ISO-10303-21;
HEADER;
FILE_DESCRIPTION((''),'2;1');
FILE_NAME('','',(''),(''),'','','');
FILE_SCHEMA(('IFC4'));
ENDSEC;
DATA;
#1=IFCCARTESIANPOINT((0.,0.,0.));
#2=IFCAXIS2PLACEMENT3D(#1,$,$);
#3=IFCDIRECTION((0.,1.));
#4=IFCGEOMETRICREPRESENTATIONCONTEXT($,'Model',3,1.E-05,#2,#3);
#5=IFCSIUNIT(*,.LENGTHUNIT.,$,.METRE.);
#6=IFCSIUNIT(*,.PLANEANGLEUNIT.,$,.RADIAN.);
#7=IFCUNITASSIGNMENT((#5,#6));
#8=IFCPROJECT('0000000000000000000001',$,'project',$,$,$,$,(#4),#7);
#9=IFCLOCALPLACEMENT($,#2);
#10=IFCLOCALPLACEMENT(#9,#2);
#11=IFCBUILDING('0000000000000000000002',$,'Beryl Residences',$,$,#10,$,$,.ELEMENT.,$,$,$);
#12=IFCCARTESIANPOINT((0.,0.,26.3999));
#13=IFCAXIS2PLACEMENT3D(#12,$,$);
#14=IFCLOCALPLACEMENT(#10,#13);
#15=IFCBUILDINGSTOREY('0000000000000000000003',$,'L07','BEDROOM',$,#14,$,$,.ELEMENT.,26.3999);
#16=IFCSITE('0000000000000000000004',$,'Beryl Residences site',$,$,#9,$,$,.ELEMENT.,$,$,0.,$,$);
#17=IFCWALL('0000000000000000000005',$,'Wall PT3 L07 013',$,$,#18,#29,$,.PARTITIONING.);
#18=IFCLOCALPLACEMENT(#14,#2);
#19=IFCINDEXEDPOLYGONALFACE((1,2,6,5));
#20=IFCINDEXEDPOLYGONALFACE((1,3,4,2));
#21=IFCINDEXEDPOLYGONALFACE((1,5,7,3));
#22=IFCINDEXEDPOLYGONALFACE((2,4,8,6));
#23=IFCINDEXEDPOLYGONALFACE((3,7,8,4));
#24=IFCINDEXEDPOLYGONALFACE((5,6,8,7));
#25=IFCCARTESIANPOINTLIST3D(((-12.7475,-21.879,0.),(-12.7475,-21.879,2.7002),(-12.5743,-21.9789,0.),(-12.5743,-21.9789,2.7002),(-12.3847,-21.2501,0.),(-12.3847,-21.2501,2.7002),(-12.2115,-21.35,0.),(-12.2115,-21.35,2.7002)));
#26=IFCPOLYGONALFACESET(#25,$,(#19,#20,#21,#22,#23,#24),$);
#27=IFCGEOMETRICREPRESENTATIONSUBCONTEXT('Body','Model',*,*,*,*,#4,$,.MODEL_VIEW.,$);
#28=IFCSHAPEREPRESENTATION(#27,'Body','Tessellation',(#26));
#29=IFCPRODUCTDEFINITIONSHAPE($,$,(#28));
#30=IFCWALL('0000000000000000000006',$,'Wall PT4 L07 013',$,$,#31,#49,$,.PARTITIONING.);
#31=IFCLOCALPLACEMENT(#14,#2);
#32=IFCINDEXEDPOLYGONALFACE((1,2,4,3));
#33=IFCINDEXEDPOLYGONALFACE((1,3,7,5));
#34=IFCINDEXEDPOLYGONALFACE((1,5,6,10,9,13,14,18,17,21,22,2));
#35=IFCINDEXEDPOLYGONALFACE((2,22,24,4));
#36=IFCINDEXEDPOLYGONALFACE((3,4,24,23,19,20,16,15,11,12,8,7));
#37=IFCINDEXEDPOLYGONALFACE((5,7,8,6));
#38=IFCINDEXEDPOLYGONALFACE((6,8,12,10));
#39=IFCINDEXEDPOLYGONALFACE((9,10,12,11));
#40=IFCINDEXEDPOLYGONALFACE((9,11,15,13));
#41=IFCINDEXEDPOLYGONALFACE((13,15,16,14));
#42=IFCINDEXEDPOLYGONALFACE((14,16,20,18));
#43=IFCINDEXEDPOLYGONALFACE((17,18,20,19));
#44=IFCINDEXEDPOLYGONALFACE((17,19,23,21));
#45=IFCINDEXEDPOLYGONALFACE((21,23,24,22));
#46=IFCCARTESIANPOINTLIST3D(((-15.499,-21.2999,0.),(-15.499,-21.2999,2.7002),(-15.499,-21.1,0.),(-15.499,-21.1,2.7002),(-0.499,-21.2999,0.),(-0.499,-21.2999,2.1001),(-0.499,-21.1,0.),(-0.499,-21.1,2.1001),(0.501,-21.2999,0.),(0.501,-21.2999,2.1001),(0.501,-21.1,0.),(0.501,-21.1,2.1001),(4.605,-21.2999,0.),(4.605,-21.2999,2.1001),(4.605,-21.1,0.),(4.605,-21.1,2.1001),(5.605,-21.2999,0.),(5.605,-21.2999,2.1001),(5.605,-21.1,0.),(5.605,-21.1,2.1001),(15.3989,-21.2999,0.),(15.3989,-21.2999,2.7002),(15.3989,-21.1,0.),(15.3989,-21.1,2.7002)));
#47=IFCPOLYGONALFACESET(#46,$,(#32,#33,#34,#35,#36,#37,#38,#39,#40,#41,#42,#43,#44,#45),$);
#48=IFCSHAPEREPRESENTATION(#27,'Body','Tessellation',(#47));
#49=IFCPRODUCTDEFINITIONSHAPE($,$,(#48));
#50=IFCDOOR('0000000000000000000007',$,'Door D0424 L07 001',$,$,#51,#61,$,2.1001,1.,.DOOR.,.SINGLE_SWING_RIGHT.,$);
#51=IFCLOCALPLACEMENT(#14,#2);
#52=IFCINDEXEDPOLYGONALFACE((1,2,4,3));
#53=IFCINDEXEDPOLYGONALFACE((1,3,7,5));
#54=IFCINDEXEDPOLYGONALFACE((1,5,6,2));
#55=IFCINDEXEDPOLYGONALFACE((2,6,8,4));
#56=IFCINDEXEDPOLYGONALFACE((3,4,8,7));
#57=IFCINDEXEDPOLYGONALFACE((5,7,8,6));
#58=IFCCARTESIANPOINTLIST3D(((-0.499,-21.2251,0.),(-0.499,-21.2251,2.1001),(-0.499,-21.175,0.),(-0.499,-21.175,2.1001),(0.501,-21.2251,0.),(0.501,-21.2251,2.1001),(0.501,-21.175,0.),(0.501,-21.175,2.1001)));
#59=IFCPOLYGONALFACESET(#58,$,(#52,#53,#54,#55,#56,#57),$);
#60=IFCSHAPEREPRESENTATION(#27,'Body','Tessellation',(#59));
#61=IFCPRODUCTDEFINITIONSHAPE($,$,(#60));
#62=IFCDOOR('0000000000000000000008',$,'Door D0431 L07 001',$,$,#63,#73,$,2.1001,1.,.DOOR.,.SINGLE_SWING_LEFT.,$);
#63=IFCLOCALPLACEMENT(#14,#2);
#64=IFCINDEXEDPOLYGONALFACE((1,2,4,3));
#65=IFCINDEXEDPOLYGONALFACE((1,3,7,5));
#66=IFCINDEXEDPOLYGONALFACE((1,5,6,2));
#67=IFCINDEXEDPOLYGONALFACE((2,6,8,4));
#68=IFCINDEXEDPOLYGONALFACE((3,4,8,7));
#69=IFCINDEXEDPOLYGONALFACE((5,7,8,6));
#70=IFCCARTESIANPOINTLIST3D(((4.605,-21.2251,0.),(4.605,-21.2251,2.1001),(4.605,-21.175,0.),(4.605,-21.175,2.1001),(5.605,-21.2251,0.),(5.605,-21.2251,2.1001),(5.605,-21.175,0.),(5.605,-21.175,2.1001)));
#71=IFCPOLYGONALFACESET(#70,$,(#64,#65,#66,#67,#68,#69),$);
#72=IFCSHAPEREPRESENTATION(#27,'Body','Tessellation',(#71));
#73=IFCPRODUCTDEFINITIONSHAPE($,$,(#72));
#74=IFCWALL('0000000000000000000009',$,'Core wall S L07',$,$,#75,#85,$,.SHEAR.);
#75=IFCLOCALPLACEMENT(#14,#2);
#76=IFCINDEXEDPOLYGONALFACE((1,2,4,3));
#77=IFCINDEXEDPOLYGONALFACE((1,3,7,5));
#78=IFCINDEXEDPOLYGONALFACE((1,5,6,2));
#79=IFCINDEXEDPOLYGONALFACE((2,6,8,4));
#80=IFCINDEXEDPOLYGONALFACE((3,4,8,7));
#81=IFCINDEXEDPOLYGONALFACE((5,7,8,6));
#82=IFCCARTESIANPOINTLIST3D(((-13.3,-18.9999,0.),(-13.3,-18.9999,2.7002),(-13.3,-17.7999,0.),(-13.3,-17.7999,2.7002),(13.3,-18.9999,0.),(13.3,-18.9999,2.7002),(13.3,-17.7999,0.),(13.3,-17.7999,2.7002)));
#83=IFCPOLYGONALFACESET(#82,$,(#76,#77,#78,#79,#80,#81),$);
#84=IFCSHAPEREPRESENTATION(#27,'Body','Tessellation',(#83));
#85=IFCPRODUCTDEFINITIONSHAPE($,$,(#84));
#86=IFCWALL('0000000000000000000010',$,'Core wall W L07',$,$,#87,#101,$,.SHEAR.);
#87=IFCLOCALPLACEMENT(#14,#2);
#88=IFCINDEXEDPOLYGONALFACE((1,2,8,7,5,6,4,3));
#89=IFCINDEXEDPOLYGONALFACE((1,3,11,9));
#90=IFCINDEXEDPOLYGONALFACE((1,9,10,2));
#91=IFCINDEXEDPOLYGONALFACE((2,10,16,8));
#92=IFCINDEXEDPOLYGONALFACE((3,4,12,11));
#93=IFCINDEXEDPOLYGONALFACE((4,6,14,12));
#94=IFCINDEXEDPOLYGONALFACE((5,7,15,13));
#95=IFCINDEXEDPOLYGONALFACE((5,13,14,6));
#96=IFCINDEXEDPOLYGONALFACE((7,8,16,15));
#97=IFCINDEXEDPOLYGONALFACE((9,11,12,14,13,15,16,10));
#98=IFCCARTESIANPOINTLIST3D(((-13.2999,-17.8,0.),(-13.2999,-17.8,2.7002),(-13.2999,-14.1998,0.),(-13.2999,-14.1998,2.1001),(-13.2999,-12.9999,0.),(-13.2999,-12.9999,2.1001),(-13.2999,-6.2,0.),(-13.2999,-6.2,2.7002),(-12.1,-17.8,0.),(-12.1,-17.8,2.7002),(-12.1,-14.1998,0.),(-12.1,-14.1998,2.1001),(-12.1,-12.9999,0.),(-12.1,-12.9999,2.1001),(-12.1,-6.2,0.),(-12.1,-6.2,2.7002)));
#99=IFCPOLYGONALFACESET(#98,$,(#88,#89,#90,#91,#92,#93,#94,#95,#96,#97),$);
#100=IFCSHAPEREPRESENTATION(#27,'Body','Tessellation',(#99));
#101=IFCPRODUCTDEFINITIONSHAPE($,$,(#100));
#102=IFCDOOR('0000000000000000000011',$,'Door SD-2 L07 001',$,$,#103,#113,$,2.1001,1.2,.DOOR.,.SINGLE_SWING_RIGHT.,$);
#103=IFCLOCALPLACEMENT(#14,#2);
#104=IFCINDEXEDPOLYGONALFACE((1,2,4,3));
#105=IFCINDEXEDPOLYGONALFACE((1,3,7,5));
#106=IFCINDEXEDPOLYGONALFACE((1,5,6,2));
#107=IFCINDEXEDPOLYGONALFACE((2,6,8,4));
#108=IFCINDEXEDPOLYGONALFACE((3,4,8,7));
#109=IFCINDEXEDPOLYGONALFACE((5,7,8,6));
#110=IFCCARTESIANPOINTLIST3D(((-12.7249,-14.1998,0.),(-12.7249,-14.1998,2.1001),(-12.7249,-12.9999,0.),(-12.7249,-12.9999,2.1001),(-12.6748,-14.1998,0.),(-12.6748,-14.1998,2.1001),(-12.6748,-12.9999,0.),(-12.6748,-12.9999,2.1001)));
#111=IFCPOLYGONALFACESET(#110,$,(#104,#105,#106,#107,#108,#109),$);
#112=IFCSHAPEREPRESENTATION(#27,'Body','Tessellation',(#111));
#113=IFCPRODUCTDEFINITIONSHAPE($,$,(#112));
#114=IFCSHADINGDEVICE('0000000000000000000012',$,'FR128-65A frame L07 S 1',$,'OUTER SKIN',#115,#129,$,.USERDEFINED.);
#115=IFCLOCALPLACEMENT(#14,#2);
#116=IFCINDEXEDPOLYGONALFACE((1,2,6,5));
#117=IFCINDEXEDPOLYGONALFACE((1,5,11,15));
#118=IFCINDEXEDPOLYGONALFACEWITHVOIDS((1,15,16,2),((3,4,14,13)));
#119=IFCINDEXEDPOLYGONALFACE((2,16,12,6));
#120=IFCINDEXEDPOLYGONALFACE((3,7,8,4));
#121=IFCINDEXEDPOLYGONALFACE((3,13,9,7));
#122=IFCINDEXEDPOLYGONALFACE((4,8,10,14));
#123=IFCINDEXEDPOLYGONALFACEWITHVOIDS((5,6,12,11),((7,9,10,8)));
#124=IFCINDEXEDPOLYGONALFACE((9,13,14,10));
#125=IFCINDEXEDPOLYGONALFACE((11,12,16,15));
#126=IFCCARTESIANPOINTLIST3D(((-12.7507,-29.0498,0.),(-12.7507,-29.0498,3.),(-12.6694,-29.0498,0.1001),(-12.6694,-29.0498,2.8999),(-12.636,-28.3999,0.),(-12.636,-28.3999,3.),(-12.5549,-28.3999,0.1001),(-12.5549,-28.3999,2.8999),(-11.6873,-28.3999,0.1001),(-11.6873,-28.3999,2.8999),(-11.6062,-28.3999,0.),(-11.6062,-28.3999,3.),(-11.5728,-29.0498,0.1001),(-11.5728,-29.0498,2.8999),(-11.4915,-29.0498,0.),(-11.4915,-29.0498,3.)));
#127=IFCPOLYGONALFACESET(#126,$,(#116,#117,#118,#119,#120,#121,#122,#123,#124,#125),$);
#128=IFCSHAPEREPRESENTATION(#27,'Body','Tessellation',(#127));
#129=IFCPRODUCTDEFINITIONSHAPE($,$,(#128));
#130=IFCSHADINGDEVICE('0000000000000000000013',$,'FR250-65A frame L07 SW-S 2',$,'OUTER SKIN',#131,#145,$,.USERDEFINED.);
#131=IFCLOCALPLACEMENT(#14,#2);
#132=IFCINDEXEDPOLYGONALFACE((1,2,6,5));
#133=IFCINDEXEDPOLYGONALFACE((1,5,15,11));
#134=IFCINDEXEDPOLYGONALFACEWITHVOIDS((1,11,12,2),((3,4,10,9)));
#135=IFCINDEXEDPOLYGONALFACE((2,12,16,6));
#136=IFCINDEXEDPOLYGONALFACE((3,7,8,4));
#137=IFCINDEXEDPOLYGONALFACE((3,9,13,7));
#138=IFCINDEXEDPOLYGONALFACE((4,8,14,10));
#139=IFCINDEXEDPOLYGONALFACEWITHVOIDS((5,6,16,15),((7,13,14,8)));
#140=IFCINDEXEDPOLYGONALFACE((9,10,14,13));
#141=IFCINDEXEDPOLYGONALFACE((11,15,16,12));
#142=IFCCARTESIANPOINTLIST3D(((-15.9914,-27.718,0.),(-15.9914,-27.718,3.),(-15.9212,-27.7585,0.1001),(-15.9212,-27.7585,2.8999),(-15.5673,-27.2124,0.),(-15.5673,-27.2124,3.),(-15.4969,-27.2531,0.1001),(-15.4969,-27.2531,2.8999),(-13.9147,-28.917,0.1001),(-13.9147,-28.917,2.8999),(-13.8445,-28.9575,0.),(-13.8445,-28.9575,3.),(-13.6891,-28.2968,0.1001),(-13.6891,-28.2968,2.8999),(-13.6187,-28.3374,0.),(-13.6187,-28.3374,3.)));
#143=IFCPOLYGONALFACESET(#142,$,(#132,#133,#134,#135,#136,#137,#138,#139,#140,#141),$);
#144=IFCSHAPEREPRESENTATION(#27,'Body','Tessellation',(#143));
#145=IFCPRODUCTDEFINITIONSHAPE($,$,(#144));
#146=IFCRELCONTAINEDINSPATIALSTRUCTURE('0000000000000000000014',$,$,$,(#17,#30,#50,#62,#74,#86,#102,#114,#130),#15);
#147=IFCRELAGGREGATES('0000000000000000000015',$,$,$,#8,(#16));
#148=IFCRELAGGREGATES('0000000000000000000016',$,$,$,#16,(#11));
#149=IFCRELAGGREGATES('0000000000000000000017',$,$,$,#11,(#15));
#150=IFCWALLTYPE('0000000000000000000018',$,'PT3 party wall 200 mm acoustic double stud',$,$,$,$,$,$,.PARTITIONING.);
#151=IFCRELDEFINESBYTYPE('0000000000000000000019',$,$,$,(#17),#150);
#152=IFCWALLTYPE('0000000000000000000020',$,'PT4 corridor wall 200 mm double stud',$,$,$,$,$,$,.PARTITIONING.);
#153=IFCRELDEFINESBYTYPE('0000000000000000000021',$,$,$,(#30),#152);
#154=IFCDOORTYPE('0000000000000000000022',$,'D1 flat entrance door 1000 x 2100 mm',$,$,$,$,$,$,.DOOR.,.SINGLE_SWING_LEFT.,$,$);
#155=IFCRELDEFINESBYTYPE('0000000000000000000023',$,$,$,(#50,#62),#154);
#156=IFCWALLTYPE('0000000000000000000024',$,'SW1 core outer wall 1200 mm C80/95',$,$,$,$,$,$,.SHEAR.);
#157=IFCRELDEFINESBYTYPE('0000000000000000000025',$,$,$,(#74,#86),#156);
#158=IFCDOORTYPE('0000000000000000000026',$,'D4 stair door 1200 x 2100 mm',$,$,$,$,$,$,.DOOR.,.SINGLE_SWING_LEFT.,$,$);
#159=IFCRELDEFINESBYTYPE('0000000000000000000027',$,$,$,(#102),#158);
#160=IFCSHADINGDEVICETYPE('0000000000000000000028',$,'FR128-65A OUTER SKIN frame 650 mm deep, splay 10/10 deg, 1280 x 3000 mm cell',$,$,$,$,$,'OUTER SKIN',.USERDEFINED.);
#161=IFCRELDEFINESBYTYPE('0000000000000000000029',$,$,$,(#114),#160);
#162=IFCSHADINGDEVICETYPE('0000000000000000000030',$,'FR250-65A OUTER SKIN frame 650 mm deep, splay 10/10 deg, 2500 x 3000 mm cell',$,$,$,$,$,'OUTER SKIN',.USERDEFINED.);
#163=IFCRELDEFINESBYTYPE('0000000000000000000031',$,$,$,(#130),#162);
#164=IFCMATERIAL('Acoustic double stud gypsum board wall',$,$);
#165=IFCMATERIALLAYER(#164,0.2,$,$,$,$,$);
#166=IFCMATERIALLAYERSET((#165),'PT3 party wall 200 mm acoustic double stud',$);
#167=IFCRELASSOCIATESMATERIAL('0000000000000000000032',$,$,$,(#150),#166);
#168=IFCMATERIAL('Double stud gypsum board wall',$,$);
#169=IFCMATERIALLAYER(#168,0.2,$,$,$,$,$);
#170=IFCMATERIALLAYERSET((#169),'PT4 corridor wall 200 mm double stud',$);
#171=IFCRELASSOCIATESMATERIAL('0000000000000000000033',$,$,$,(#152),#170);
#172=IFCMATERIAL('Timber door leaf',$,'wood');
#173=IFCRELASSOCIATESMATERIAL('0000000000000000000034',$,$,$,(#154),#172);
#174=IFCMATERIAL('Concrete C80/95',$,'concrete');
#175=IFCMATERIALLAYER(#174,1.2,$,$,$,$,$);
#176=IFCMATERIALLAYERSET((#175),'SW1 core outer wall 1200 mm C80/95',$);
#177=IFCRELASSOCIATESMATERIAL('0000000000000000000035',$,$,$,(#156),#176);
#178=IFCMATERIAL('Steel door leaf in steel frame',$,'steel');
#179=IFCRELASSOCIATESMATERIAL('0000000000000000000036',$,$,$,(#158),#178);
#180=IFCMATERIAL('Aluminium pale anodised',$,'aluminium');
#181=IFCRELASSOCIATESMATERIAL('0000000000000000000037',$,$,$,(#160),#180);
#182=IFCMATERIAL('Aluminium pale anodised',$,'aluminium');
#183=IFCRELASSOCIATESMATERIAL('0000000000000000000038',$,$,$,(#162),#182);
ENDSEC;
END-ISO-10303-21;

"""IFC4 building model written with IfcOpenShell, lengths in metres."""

from ifc_helpers import new_model, entity, si_unit, direction, frame, frame_2d, origin, place, context, subcontext, project, spatial, rectangle, extrude, source, transform, mapped, material, layer, layer_set, type_object, type_shapes, element, fill, save


model = new_model("IFC4")

# Units and contexts
model_context = context("Model", 3, precision=1e-05, world=origin(), true_north=direction((0.0, 1.0)))
body_context = subcontext(model_context, "Body", "Model", "MODEL_VIEW")
ifc_project = project(units=[si_unit("LENGTHUNIT", "METRE"), si_unit("PLANEANGLEUNIT", "RADIAN")], contexts=[model_context])

# Site, building, storey
site_placement = place(None, origin())
site = spatial("IfcSite", under=ifc_project, at=site_placement, Name="Beryl Residences site", CompositionType="ELEMENT", RefElevation=0.0)
building_placement = place(site_placement, origin())
building = spatial("IfcBuilding", under=site, at=building_placement, Name="Beryl Residences", CompositionType="ELEMENT")
storey_placement = place(building_placement, frame((0.0, 0.0, 26.3999)))
storey = spatial("IfcBuildingStorey", under=building, at=storey_placement, Name="L07", Description="BEDROOM", CompositionType="ELEMENT", Elevation=26.3999)

# Wall
ifc_material_1 = material(Name="Acoustic double stud gypsum board wall")
ifc_layer_1 = layer(ifc_material_1, 0.2)
ifc_layer_set_1 = layer_set([ifc_layer_1], Name="PT3 party wall 200 mm acoustic double stud")
wall_type_1 = type_object("IfcWallType", Name="PT3 party wall 200 mm acoustic double stud", PredefinedType="PARTITIONING", material=ifc_layer_set_1)
wall_1_placement = place(storey_placement, frame((-12.6609, -21.929, 0.0), z_axis=(0.0, 0.0, 1.0), x_axis=(0.499684, 0.866208, 0.0)))
element("IfcWall", 1, at=wall_1_placement, inside=storey, type_object=wall_type_1, Name="Wall PT3 L07 013", PredefinedType="PARTITIONING", context=body_context, shape_type="SweptSolid", body=[
    extrude(rectangle(XDim=0.7261, YDim=0.2, at=frame_2d((0.363, 0.0))), origin(), (0.0, 0.0, 1.0), 2.7002),
])

# Wall, openings, doors
ifc_material_2 = material(Name="Double stud gypsum board wall")
ifc_layer_2 = layer(ifc_material_2, 0.2)
ifc_layer_set_2 = layer_set([ifc_layer_2], Name="PT4 corridor wall 200 mm double stud")
wall_type_2 = type_object("IfcWallType", Name="PT4 corridor wall 200 mm double stud", PredefinedType="PARTITIONING", material=ifc_layer_set_2)
wall_2_placement = place(storey_placement, frame((-15.499, -21.2, 0.0), z_axis=(0.0, 0.0, 1.0), x_axis=(1.0, 0.0, 0.0)))
wall_2 = element("IfcWall", 2, at=wall_2_placement, inside=storey, type_object=wall_type_2, Name="Wall PT4 L07 013", PredefinedType="PARTITIONING", context=body_context, shape_type="SweptSolid", body=[
    extrude(rectangle(XDim=30.8979, YDim=0.2, at=frame_2d((15.449, 0.0))), origin(), (0.0, 0.0, 1.0), 2.7002),
])
opening_1_placement = place(wall_2_placement, frame((15.0, 0.0, 0.0)))
opening_1 = element("IfcOpeningElement", 3, at=opening_1_placement, cuts=wall_2, PredefinedType="OPENING", context=body_context, shape_type="SweptSolid", body=[
    extrude(rectangle(XDim=1.0, YDim=2.1001, at=frame_2d((0.5, 1.05))), frame((0.0, 0.1099, 0.0), z_axis=(0.0, -1.0, 0.0), x_axis=(1.0, 0.0, 0.0)), (0.0, 0.0, 1.0), 0.22),
])
opening_2_placement = place(wall_2_placement, frame((20.104, 0.0, 0.0)))
opening_2 = element("IfcOpeningElement", 4, at=opening_2_placement, cuts=wall_2, PredefinedType="OPENING", context=body_context, shape_type="SweptSolid", body=[
    extrude(rectangle(XDim=1.0, YDim=2.1001, at=frame_2d((0.5, 1.05))), frame((0.0, 0.1099, 0.0), z_axis=(0.0, -1.0, 0.0), x_axis=(1.0, 0.0, 0.0)), (0.0, 0.0, 1.0), 0.22),
])
ifc_material_3 = material(Name="Timber door leaf", Category="wood")
door_type_1 = type_object("IfcDoorType", Name="D1 flat entrance door 1000 x 2100 mm", OperationType="SINGLE_SWING_LEFT", PredefinedType="DOOR", material=ifc_material_3)
door_1_placement = place(opening_1_placement, origin())
door_1 = element("IfcDoor", 5, at=door_1_placement, inside=storey, type_object=door_type_1, Name="Door D0424 L07 001", OperationType="SINGLE_SWING_RIGHT", OverallHeight=2.1001, OverallWidth=1.0, PredefinedType="DOOR", context=body_context, shape_type="SweptSolid", body=[
    extrude(rectangle(XDim=1.0, YDim=2.1001, at=frame_2d((0.5, 1.05))), frame((0.0, 0.0249, 0.0), z_axis=(0.0, -1.0, 0.0), x_axis=(1.0, 0.0, 0.0)), (0.0, 0.0, 1.0), 0.05),
])
fill(opening_1, door_1)
door_2_placement = place(opening_2_placement, origin())
door_2 = element("IfcDoor", 6, at=door_2_placement, inside=storey, type_object=door_type_1, Name="Door D0431 L07 001", OperationType="SINGLE_SWING_LEFT", OverallHeight=2.1001, OverallWidth=1.0, PredefinedType="DOOR", context=body_context, shape_type="SweptSolid", body=[
    extrude(rectangle(XDim=1.0, YDim=2.1001, at=frame_2d((0.5, 1.05))), frame((0.0, 0.0249, 0.0), z_axis=(0.0, -1.0, 0.0), x_axis=(1.0, 0.0, 0.0)), (0.0, 0.0, 1.0), 0.05),
])
fill(opening_2, door_2)

# Wall
ifc_material_4 = material(Name="Concrete C80/95", Category="concrete")
ifc_layer_3 = layer(ifc_material_4, 1.2)
ifc_layer_set_3 = layer_set([ifc_layer_3], Name="SW1 core outer wall 1200 mm C80/95")
wall_type_3 = type_object("IfcWallType", Name="SW1 core outer wall 1200 mm C80/95", PredefinedType="SHEAR", material=ifc_layer_set_3)
wall_3_placement = place(storey_placement, frame((-13.3, -18.3999, 0.0), z_axis=(0.0, 0.0, 1.0), x_axis=(1.0, 0.0, 0.0)))
element("IfcWall", 7, at=wall_3_placement, inside=storey, type_object=wall_type_3, Name="Core wall S L07", PredefinedType="SHEAR", context=body_context, shape_type="SweptSolid", body=[
    extrude(rectangle(XDim=26.6001, YDim=1.2, at=frame_2d((13.3, 0.0))), origin(), (0.0, 0.0, 1.0), 2.7002),
])

# Wall, opening, door
wall_4_placement = place(storey_placement, frame((-12.7, -17.8, 0.0), z_axis=(0.0, 0.0, 1.0), x_axis=(0.0, 1.0, 0.0)))
wall_4 = element("IfcWall", 8, at=wall_4_placement, inside=storey, type_object=wall_type_3, Name="Core wall W L07", PredefinedType="SHEAR", context=body_context, shape_type="SweptSolid", body=[
    extrude(rectangle(XDim=11.6001, YDim=1.2, at=frame_2d((5.8, 0.0))), origin(), (0.0, 0.0, 1.0), 2.7002),
])
opening_3_placement = place(wall_4_placement, frame((3.6001, 0.0, 0.0)))
opening_3 = element("IfcOpeningElement", 9, at=opening_3_placement, cuts=wall_4, PredefinedType="OPENING", context=body_context, shape_type="SweptSolid", body=[
    extrude(rectangle(XDim=1.2, YDim=2.1001, at=frame_2d((0.6001, 1.05))), frame((0.0, 0.6099, 0.0), z_axis=(0.0, -1.0, 0.0), x_axis=(1.0, 0.0, 0.0)), (0.0, 0.0, 1.0), 1.22),
])
ifc_material_5 = material(Name="Steel door leaf in steel frame", Category="steel")
door_type_2 = type_object("IfcDoorType", Name="D4 stair door 1200 x 2100 mm", OperationType="SINGLE_SWING_LEFT", PredefinedType="DOOR", material=ifc_material_5)
door_3_placement = place(opening_3_placement, origin())
door_3 = element("IfcDoor", 10, at=door_3_placement, inside=storey, type_object=door_type_2, Name="Door SD-2 L07 001", OperationType="SINGLE_SWING_RIGHT", OverallHeight=2.1001, OverallWidth=1.2, PredefinedType="DOOR", context=body_context, shape_type="SweptSolid", body=[
    extrude(rectangle(XDim=1.2, YDim=2.1001, at=frame_2d((0.6001, 1.05))), frame((0.0, 0.0249, 0.0), z_axis=(0.0, -1.0, 0.0), x_axis=(1.0, 0.0, 0.0)), (0.0, 0.0, 1.0), 0.05),
])
fill(opening_3, door_3)

# Shading devices
ifc_material_6 = material(Name="Aluminium pale anodised", Category="aluminium")
shading_device_type_1 = type_object("IfcShadingDeviceType", Name="FR128-65A OUTER SKIN frame 650 mm deep, splay 10/10 deg, 1280 x 3000 mm cell", ElementType="OUTER SKIN", PredefinedType="USERDEFINED", material=ifc_material_6)
cartesian_point_1 = entity("IfcCartesianPoint", [-0.5149, 0.0])
cartesian_point_2 = entity("IfcCartesianPoint", [-0.4338, 0.1001])
cartesian_point_3 = entity("IfcCartesianPoint", [-0.6296, 0.0])
cartesian_point_4 = entity("IfcCartesianPoint", [-0.5483, 0.1001])
shared_shape_1 = source(origin(), body_context, "Body", "SweptSolid", [
    entity("IfcExtrudedAreaSolidTapered", entity("IfcArbitraryProfileDefWithVoids", "AREA", None, entity("IfcPolyline", [cartesian_point_1, entity("IfcCartesianPoint", [0.5149, 0.0]), entity("IfcCartesianPoint", [0.5149, 3.0]), entity("IfcCartesianPoint", [-0.5149, 3.0]), cartesian_point_1]), [entity("IfcPolyline", [cartesian_point_2, entity("IfcCartesianPoint", [0.4338, 0.1001]), entity("IfcCartesianPoint", [0.4338, 2.8999]), entity("IfcCartesianPoint", [-0.4338, 2.8999]), cartesian_point_2])]), entity("IfcAxis2Placement3D", entity("IfcCartesianPoint", [0.0, 0.0, 0.0]), entity("IfcDirection", [0.0, 1.0, 0.0]), entity("IfcDirection", [-1.0, 0.0, 0.0])), entity("IfcDirection", [0.0, 0.0, 1.0]), 0.6499, entity("IfcArbitraryProfileDefWithVoids", "AREA", None, entity("IfcPolyline", [cartesian_point_3, entity("IfcCartesianPoint", [0.6296, 0.0]), entity("IfcCartesianPoint", [0.6296, 3.0]), entity("IfcCartesianPoint", [-0.6296, 3.0]), cartesian_point_3]), [entity("IfcPolyline", [cartesian_point_4, entity("IfcCartesianPoint", [0.5483, 0.1001]), entity("IfcCartesianPoint", [0.5483, 2.8999]), entity("IfcCartesianPoint", [-0.5483, 2.8999]), cartesian_point_4])])),
])
type_shapes(shading_device_type_1, [shared_shape_1])
shading_device_1_placement = place(storey_placement, frame((-12.1211, -28.3999, 0.0), z_axis=(0.0, 0.0, 1.0), x_axis=(-1.0, 0.0, 0.0)))
element("IfcShadingDevice", 11, at=shading_device_1_placement, inside=storey, type_object=shading_device_type_1, Name="FR128-65A frame L07 S 1", ObjectType="OUTER SKIN", PredefinedType="USERDEFINED", context=body_context, shape_type="MappedRepresentation", body=[
    mapped(shared_shape_1, transform((0.0, 0.0, 0.0))),
])
ifc_material_7 = material(Name="Aluminium pale anodised", Category="aluminium")
shading_device_type_2 = type_object("IfcShadingDeviceType", Name="FR250-65A OUTER SKIN frame 650 mm deep, splay 10/10 deg, 2500 x 3000 mm cell", ElementType="OUTER SKIN", PredefinedType="USERDEFINED", material=ifc_material_7)
cartesian_point_5 = entity("IfcCartesianPoint", [-1.125, 0.0])
cartesian_point_6 = entity("IfcCartesianPoint", [-1.0437, 0.1001])
cartesian_point_7 = entity("IfcCartesianPoint", [-1.2395, 0.0])
cartesian_point_8 = entity("IfcCartesianPoint", [-1.1584, 0.1001])
shared_shape_2 = source(origin(), body_context, "Body", "SweptSolid", [
    entity("IfcExtrudedAreaSolidTapered", entity("IfcArbitraryProfileDefWithVoids", "AREA", None, entity("IfcPolyline", [cartesian_point_5, entity("IfcCartesianPoint", [1.125, 0.0]), entity("IfcCartesianPoint", [1.125, 3.0]), entity("IfcCartesianPoint", [-1.125, 3.0]), cartesian_point_5]), [entity("IfcPolyline", [cartesian_point_6, entity("IfcCartesianPoint", [1.0437, 0.1001]), entity("IfcCartesianPoint", [1.0437, 2.8999]), entity("IfcCartesianPoint", [-1.0437, 2.8999]), cartesian_point_6])]), entity("IfcAxis2Placement3D", entity("IfcCartesianPoint", [0.0, 0.0, 0.0]), entity("IfcDirection", [0.0, 1.0, 0.0]), entity("IfcDirection", [-1.0, 0.0, 0.0])), entity("IfcDirection", [0.0, 0.0, 1.0]), 0.6499, entity("IfcArbitraryProfileDefWithVoids", "AREA", None, entity("IfcPolyline", [cartesian_point_7, entity("IfcCartesianPoint", [1.2395, 0.0]), entity("IfcCartesianPoint", [1.2395, 3.0]), entity("IfcCartesianPoint", [-1.2395, 3.0]), cartesian_point_7]), [entity("IfcPolyline", [cartesian_point_8, entity("IfcCartesianPoint", [1.1584, 0.1001]), entity("IfcCartesianPoint", [1.1584, 2.8999]), entity("IfcCartesianPoint", [-1.1584, 2.8999]), cartesian_point_8])])),
])
type_shapes(shading_device_type_2, [shared_shape_2])
shading_device_2_placement = place(storey_placement, frame((-14.593, -27.7749, 0.0), z_axis=(0.0, 0.0, 1.0), x_axis=(-0.866025, 0.5, 0.0)))
element("IfcShadingDevice", 12, at=shading_device_2_placement, inside=storey, type_object=shading_device_type_2, Name="FR250-65A frame L07 SW-S 2", ObjectType="OUTER SKIN", PredefinedType="USERDEFINED", context=body_context, shape_type="MappedRepresentation", body=[
    mapped(shared_shape_2, transform((0.0, 0.0, 0.0))),
])

save(model, "model.ifc")
